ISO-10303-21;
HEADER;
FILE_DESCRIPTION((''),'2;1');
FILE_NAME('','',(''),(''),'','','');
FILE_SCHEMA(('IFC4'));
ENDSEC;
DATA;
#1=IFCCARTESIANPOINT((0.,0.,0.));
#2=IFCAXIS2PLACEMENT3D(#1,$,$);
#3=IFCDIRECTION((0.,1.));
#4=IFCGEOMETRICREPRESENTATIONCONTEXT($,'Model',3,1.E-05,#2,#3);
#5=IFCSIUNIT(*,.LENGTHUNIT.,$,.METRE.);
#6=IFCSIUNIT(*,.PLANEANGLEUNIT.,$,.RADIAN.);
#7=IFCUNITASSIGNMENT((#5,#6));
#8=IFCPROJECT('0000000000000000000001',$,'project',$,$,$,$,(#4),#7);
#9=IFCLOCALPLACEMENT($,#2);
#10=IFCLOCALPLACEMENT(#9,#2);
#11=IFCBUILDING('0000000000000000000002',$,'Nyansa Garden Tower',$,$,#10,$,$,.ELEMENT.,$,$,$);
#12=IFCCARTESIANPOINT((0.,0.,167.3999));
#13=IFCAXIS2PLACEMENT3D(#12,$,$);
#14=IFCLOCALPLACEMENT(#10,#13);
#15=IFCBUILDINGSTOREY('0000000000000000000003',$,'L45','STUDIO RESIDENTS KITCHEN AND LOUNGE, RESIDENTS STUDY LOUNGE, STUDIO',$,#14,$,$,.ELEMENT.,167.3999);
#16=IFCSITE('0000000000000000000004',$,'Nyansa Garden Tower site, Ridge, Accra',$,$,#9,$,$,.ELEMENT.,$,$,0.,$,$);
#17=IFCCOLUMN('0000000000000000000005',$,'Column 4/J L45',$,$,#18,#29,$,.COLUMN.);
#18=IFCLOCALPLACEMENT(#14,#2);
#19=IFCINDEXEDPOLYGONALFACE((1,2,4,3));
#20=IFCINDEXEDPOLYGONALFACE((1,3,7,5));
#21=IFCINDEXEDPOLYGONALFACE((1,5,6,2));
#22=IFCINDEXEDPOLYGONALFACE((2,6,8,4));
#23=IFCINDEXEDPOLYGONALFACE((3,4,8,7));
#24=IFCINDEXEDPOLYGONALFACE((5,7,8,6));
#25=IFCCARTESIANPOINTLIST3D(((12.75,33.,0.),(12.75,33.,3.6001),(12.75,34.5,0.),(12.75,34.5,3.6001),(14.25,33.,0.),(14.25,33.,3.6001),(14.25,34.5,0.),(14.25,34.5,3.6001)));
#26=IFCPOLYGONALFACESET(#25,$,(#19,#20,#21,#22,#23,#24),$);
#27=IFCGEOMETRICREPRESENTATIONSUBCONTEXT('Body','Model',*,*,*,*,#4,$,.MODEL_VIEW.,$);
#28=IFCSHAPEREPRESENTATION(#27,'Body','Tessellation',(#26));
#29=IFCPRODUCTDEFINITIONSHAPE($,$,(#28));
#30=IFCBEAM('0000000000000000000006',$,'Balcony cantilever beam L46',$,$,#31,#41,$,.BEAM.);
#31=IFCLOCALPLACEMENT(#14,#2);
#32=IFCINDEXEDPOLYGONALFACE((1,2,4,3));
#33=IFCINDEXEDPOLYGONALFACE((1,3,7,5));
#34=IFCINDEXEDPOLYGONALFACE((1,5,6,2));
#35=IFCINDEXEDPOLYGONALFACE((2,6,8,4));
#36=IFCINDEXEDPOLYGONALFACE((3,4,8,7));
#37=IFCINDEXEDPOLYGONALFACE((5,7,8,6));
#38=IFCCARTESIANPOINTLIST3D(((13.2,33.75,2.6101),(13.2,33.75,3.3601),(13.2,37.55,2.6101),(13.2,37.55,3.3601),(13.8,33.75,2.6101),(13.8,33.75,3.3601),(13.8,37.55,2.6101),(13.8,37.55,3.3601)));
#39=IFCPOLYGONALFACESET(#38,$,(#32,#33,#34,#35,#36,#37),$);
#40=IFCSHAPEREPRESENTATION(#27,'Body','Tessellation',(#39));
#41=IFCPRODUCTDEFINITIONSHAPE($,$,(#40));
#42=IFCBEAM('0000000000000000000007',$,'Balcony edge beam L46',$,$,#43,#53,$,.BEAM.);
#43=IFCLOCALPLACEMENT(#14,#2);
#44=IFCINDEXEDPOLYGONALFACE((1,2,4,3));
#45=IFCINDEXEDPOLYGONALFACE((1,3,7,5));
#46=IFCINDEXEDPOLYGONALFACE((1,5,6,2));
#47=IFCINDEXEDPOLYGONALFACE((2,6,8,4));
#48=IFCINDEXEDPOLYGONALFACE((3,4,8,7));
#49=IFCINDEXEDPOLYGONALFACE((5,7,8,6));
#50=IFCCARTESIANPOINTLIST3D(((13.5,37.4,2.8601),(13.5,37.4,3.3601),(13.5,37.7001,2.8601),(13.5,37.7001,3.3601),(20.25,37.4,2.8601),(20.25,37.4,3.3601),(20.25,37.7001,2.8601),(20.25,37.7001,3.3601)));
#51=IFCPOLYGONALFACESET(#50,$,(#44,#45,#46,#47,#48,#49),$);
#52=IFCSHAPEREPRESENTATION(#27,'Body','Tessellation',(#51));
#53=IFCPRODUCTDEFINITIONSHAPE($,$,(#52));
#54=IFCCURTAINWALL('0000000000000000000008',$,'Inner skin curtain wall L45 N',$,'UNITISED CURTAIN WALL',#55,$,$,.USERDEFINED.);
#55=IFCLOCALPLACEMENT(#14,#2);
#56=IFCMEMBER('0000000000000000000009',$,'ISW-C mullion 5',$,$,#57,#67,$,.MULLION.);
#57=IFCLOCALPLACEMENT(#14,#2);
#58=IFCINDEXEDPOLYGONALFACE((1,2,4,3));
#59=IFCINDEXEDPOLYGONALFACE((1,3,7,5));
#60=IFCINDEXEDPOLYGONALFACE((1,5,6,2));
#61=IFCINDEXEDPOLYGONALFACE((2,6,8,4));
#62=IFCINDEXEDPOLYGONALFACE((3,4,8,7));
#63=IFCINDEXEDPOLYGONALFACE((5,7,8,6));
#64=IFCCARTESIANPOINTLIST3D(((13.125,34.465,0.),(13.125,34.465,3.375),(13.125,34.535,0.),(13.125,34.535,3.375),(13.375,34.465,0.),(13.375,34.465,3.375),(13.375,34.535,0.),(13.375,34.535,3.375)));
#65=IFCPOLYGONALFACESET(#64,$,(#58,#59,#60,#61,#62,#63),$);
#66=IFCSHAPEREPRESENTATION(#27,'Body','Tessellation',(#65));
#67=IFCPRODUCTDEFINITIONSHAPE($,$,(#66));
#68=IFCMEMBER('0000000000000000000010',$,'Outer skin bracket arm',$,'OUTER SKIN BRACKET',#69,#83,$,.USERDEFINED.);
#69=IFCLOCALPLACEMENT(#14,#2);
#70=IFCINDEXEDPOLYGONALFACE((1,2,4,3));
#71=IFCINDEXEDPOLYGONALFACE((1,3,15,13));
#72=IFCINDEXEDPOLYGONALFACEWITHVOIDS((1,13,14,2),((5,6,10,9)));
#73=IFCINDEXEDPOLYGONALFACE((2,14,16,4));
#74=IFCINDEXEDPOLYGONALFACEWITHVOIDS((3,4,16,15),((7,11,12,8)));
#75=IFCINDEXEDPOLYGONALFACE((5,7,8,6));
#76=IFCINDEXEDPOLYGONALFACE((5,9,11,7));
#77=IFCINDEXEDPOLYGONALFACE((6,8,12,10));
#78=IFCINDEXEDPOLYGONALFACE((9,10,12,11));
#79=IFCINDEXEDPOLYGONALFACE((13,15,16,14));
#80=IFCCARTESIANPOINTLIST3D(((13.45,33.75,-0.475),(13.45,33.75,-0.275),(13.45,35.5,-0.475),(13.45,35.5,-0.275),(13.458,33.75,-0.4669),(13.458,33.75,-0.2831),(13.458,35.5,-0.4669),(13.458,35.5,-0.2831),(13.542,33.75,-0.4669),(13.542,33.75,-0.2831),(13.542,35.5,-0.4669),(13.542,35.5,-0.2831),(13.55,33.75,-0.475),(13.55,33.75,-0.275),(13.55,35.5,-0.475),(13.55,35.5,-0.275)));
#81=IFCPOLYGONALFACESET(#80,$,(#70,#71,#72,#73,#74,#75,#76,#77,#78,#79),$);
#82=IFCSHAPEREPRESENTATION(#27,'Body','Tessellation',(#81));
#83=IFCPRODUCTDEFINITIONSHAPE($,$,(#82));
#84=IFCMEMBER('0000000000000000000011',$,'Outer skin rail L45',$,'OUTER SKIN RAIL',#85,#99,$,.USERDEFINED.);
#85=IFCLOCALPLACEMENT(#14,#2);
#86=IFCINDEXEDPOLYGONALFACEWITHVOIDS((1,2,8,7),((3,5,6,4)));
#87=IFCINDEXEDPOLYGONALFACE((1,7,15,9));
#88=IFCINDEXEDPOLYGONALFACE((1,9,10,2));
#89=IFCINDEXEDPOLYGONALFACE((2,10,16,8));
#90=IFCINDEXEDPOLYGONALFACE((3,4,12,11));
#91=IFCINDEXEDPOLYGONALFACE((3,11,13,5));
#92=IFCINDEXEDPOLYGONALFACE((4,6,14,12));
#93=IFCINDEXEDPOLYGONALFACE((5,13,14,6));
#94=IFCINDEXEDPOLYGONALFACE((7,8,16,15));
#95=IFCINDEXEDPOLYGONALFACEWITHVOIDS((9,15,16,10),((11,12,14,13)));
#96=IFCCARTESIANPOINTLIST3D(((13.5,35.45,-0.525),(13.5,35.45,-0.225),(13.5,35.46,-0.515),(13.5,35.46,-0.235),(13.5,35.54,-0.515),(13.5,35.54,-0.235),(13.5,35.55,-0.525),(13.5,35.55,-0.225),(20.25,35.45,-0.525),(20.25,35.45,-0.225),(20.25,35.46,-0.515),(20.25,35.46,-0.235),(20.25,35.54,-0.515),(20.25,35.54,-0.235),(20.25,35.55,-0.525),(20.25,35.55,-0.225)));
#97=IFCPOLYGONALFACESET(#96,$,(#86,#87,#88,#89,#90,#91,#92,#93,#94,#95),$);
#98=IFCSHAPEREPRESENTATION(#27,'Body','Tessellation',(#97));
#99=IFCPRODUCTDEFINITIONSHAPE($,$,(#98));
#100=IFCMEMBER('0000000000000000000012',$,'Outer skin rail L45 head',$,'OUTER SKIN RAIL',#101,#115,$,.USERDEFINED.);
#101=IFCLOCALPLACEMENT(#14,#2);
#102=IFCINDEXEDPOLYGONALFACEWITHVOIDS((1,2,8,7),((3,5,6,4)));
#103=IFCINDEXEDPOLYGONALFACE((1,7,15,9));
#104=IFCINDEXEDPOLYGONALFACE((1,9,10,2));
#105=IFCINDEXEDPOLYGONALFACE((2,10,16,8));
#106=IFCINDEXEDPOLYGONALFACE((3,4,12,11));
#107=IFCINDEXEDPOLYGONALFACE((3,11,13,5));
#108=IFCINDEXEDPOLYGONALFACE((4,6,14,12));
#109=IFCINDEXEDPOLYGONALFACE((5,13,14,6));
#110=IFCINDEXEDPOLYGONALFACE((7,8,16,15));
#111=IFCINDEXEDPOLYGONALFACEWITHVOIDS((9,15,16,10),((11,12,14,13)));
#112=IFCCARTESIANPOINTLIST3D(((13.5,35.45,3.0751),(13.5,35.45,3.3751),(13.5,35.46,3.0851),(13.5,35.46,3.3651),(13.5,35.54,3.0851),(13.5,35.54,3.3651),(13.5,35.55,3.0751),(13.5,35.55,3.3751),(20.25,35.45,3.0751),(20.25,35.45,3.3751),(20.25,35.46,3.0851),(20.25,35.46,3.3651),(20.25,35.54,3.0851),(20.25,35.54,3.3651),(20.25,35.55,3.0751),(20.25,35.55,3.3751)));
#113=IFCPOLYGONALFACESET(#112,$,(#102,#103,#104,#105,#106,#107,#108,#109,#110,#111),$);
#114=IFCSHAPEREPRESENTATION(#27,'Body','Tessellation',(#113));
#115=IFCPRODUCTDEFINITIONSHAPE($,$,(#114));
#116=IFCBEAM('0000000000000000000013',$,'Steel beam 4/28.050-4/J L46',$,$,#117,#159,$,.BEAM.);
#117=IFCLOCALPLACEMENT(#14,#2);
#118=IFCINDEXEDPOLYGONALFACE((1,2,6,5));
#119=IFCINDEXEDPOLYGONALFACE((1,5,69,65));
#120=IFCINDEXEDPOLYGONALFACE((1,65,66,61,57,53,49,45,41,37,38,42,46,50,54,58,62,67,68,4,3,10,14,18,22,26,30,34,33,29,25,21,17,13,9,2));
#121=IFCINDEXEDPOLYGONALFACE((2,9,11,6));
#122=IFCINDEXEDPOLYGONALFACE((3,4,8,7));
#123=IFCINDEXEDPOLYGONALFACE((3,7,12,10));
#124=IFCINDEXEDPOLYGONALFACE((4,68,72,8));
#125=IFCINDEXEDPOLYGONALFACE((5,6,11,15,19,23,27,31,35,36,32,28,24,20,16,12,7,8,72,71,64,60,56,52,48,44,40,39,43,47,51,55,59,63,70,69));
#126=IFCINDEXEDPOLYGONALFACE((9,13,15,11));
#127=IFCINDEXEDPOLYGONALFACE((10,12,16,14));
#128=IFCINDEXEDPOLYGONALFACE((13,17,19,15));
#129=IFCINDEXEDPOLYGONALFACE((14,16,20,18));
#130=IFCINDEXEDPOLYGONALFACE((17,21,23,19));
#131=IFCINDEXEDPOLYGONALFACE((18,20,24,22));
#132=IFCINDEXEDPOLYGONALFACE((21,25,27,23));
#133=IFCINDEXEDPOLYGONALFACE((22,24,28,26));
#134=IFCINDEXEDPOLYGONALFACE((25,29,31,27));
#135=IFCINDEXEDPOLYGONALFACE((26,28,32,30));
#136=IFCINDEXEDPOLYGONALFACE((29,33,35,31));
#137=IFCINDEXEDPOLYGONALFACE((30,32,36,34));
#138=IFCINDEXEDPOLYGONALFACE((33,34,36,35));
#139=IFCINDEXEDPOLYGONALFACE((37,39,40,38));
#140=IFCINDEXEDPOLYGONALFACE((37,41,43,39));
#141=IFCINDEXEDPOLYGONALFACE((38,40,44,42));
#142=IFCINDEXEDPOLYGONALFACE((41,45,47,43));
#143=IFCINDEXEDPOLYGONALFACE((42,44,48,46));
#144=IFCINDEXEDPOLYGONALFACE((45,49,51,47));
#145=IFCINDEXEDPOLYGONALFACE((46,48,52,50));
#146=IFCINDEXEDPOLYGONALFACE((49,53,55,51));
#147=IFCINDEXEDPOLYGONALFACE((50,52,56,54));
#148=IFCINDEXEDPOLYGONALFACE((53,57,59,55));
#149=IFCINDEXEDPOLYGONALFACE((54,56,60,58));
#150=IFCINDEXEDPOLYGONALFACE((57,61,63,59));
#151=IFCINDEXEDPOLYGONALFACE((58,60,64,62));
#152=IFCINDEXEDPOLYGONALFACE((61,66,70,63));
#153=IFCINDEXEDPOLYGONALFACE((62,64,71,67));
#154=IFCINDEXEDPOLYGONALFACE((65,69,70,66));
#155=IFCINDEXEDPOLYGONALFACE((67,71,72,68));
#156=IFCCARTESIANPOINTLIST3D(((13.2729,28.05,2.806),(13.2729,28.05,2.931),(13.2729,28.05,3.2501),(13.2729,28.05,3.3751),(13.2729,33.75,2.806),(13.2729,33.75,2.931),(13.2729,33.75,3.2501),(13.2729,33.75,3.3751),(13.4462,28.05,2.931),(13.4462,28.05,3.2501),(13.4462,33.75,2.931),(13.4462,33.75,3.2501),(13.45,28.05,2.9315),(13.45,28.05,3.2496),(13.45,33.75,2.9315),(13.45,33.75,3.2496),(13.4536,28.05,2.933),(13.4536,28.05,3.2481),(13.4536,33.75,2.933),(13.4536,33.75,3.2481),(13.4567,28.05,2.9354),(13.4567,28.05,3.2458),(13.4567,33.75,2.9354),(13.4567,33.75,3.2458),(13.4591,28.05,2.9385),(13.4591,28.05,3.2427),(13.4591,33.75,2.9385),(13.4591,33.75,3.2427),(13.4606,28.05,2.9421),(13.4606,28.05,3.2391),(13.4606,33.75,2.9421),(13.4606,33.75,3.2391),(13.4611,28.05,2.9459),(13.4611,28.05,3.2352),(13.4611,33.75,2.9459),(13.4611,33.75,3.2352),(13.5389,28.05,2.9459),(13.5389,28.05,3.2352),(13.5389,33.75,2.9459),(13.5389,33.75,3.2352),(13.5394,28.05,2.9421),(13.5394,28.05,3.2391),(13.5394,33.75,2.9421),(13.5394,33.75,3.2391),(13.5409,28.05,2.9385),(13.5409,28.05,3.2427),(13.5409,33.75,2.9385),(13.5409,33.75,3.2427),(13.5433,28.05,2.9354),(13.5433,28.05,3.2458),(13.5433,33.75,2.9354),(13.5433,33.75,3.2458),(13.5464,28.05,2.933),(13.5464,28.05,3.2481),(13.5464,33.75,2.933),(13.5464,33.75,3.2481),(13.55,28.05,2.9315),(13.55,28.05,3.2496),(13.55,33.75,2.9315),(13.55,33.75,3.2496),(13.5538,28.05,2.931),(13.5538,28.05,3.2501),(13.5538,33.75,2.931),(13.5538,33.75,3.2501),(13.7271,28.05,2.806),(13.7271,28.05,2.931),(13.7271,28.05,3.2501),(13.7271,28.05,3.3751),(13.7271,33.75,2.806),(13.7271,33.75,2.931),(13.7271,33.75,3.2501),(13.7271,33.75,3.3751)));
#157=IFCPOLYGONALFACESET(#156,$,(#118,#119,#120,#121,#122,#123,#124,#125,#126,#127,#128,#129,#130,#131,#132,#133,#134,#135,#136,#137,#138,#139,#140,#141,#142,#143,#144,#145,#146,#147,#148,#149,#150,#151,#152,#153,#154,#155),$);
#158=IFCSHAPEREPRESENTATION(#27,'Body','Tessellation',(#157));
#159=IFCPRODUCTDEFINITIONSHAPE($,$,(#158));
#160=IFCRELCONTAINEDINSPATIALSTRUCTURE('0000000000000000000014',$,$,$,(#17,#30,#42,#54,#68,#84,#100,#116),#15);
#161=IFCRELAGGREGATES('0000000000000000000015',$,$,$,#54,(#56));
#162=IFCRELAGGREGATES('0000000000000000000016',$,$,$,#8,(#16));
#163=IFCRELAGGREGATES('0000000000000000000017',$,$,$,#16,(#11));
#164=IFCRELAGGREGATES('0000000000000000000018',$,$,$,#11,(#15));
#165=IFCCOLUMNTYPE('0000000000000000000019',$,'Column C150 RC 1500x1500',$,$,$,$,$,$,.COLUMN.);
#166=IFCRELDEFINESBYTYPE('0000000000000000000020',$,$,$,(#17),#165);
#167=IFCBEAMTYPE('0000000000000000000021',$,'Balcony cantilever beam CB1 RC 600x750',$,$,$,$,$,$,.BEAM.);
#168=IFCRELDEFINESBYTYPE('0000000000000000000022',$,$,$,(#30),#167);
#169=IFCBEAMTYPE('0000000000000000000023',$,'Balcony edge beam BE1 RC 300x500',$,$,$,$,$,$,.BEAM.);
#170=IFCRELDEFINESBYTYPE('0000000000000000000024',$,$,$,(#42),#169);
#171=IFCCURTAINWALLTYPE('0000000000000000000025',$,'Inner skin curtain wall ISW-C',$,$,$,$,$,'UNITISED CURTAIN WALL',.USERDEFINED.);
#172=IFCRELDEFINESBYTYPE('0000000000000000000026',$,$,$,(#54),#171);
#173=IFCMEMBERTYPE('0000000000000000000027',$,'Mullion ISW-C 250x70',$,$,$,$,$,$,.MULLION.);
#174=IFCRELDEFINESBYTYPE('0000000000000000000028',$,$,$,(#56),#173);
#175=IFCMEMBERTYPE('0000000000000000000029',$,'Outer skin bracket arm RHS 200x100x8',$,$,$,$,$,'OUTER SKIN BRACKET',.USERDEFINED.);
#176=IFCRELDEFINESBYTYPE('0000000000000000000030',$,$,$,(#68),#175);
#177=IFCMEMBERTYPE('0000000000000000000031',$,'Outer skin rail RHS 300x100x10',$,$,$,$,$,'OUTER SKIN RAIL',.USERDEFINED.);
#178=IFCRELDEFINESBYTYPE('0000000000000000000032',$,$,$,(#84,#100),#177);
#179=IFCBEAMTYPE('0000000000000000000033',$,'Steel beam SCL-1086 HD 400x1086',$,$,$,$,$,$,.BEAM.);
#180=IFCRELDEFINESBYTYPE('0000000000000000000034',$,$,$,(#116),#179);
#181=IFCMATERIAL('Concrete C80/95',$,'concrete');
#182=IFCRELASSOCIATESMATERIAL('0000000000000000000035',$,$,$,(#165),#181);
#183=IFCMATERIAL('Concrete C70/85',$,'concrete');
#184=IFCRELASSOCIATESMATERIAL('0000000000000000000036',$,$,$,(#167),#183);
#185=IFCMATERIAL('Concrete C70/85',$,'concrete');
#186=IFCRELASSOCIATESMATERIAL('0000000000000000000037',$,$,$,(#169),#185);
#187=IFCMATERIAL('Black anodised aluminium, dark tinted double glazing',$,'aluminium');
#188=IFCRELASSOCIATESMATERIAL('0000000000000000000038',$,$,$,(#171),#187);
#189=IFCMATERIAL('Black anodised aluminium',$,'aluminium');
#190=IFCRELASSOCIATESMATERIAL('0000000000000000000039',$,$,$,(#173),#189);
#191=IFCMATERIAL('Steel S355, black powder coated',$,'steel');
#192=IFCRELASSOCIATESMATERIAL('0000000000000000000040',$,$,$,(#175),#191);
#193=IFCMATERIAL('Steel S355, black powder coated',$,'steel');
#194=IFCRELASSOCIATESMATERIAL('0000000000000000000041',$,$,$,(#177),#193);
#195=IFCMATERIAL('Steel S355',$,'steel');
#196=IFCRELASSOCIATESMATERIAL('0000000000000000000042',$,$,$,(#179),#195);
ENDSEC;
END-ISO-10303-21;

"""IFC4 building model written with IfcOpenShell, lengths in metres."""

from ifc_helpers import new_model, si_unit, direction, frame, origin, origin_2d, place, context, subcontext, project, spatial, rectangle, hollow_rectangle, i_section, extrude, material, material_profile, profile_set, type_object, element, aggregate, save


model = new_model("IFC4")

# Units and contexts
model_context = context("Model", 3, precision=1e-05, world=origin(), true_north=direction((0.0, 1.0)))
body_context = subcontext(model_context, "Body", "Model", "MODEL_VIEW")
ifc_project = project(units=[si_unit("LENGTHUNIT", "METRE"), si_unit("PLANEANGLEUNIT", "RADIAN")], contexts=[model_context])

# Site, building, storey
site_placement = place(None, origin())
site = spatial("IfcSite", under=ifc_project, at=site_placement, Name="Nyansa Garden Tower site, Ridge, Accra", CompositionType="ELEMENT", RefElevation=0.0)
building_placement = place(site_placement, origin())
building = spatial("IfcBuilding", under=site, at=building_placement, Name="Nyansa Garden Tower", CompositionType="ELEMENT")
storey_placement = place(building_placement, frame((0.0, 0.0, 167.3999)))
storey = spatial("IfcBuildingStorey", under=building, at=storey_placement, Name="L45", Description="STUDIO RESIDENTS KITCHEN AND LOUNGE, RESIDENTS STUDY LOUNGE, STUDIO", CompositionType="ELEMENT", Elevation=167.3999)

# Column
ifc_material_1 = material(Name="Concrete C80/95", Category="concrete")
ifc_material_profile_1 = material_profile(ifc_material_1, rectangle(XDim=1.5, YDim=1.5, at=origin_2d()), Name="RC 1500x1500")
ifc_profile_set_1 = profile_set([ifc_material_profile_1], Name="Concrete C80/95")
column_type = type_object("IfcColumnType", Name="Column C150 RC 1500x1500", PredefinedType="COLUMN", material=ifc_profile_set_1)
column_placement = place(storey_placement, frame((13.5, 33.75, 0.0), z_axis=(0.0, 0.0, 1.0), x_axis=(1.0, 0.0, 0.0)))
element("IfcColumn", 1, at=column_placement, inside=storey, type_object=column_type, Name="Column 4/J L45", PredefinedType="COLUMN", context=body_context, shape_type="SweptSolid", body=[
    extrude(rectangle(XDim=1.5, YDim=1.5, at=origin_2d()), origin(), (0.0, 0.0, 1.0), 3.6001),
])

# Beams
ifc_material_2 = material(Name="Concrete C70/85", Category="concrete")
ifc_material_profile_2 = material_profile(ifc_material_2, rectangle(XDim=0.6001, YDim=0.75, at=origin_2d()), Name="RC 600x750")
ifc_profile_set_2 = profile_set([ifc_material_profile_2], Name="Concrete C70/85")
beam_type_1 = type_object("IfcBeamType", Name="Balcony cantilever beam CB1 RC 600x750", PredefinedType="BEAM", material=ifc_profile_set_2)
beam_1_placement = place(storey_placement, frame((13.5, 33.75, 2.9851), z_axis=(0.0, 1.0, 0.0), x_axis=(-1.0, 0.0, 0.0)))
element("IfcBeam", 2, at=beam_1_placement, inside=storey, type_object=beam_type_1, Name="Balcony cantilever beam L46", PredefinedType="BEAM", context=body_context, shape_type="SweptSolid", body=[
    extrude(rectangle(XDim=0.6001, YDim=0.75, at=origin_2d()), origin(), (0.0, 0.0, 1.0), 3.8),
])
ifc_material_3 = material(Name="Concrete C70/85", Category="concrete")
ifc_material_profile_3 = material_profile(ifc_material_3, rectangle(XDim=0.3, YDim=0.5, at=origin_2d()), Name="RC 300x500")
ifc_profile_set_3 = profile_set([ifc_material_profile_3], Name="Concrete C70/85")
beam_type_2 = type_object("IfcBeamType", Name="Balcony edge beam BE1 RC 300x500", PredefinedType="BEAM", material=ifc_profile_set_3)
beam_2_placement = place(storey_placement, frame((13.5, 37.55, 3.1101), z_axis=(1.0, 0.0, 0.0), x_axis=(0.0, 1.0, 0.0)))
element("IfcBeam", 3, at=beam_2_placement, inside=storey, type_object=beam_type_2, Name="Balcony edge beam L46", PredefinedType="BEAM", context=body_context, shape_type="SweptSolid", body=[
    extrude(rectangle(XDim=0.3, YDim=0.5, at=origin_2d()), origin(), (0.0, 0.0, 1.0), 6.75),
])

# Curtain wall, member
ifc_material_4 = material(Name="Black anodised aluminium, dark tinted double glazing", Category="aluminium")
curtain_wall_type = type_object("IfcCurtainWallType", Name="Inner skin curtain wall ISW-C", ElementType="UNITISED CURTAIN WALL", PredefinedType="USERDEFINED", material=ifc_material_4)
curtain_wall_placement = place(storey_placement, origin())
curtain_wall = element("IfcCurtainWall", 4, at=curtain_wall_placement, inside=storey, type_object=curtain_wall_type, Name="Inner skin curtain wall L45 N", ObjectType="UNITISED CURTAIN WALL", PredefinedType="USERDEFINED")
ifc_material_5 = material(Name="Black anodised aluminium", Category="aluminium")
ifc_material_profile_4 = material_profile(ifc_material_5, rectangle(XDim=0.0701, YDim=0.25, at=origin_2d()), Name="Mullion 250x70")
ifc_profile_set_4 = profile_set([ifc_material_profile_4], Name="Black anodised aluminium")
member_type_1 = type_object("IfcMemberType", Name="Mullion ISW-C 250x70", PredefinedType="MULLION", material=ifc_profile_set_4)
member_1_placement = place(storey_placement, frame((13.25, 34.5, 0.0), z_axis=(0.0, 0.0, 1.0), x_axis=(0.0, -1.0, 0.0)))
member_1 = element("IfcMember", 5, at=member_1_placement, type_object=member_type_1, Name="ISW-C mullion 5", PredefinedType="MULLION", context=body_context, shape_type="SweptSolid", body=[
    extrude(rectangle(XDim=0.0701, YDim=0.25, at=origin_2d()), origin(), (0.0, 0.0, 1.0), 3.375),
])

# Members
ifc_material_6 = material(Name="Steel S355, black powder coated", Category="steel")
ifc_material_profile_5 = material_profile(ifc_material_6, hollow_rectangle(XDim=0.1001, YDim=0.2, WallThickness=0.0081, at=origin_2d()), Name="RHS 200x100x8")
ifc_profile_set_5 = profile_set([ifc_material_profile_5], Name="Steel S355, black powder coated")
member_type_2 = type_object("IfcMemberType", Name="Outer skin bracket arm RHS 200x100x8", ElementType="OUTER SKIN BRACKET", PredefinedType="USERDEFINED", material=ifc_profile_set_5)
member_2_placement = place(storey_placement, frame((13.5, 33.75, -0.375), z_axis=(0.0, 1.0, 0.0), x_axis=(-1.0, 0.0, 0.0)))
element("IfcMember", 6, at=member_2_placement, inside=storey, type_object=member_type_2, Name="Outer skin bracket arm", ObjectType="OUTER SKIN BRACKET", PredefinedType="USERDEFINED", context=body_context, shape_type="SweptSolid", body=[
    extrude(hollow_rectangle(XDim=0.1001, YDim=0.2, WallThickness=0.0081, at=origin_2d()), origin(), (0.0, 0.0, 1.0), 1.75),
])
ifc_material_7 = material(Name="Steel S355, black powder coated", Category="steel")
ifc_material_profile_6 = material_profile(ifc_material_7, hollow_rectangle(XDim=0.1001, YDim=0.3, WallThickness=0.01, at=origin_2d()), Name="RHS 300x100x10")
ifc_profile_set_6 = profile_set([ifc_material_profile_6], Name="Steel S355, black powder coated")
member_type_3 = type_object("IfcMemberType", Name="Outer skin rail RHS 300x100x10", ElementType="OUTER SKIN RAIL", PredefinedType="USERDEFINED", material=ifc_profile_set_6)
for number, where, z_axis, x_axis, name in (
    (7, (13.5, 35.5, -0.375), (1.0, 0.0, 0.0), (0.0, 1.0, 0.0), "Outer skin rail L45"),
    (8, (13.5, 35.5, 3.2251), (1.0, 0.0, 0.0), (0.0, 1.0, 0.0), "Outer skin rail L45 head"),
):
    element("IfcMember", number, at=place(storey_placement, frame(where, z_axis=z_axis, x_axis=x_axis)), inside=storey, type_object=member_type_3, Name=name, ObjectType="OUTER SKIN RAIL", PredefinedType="USERDEFINED", context=body_context, shape_type="SweptSolid", body=[
        extrude(hollow_rectangle(XDim=0.1001, YDim=0.3, WallThickness=0.01, at=origin_2d()), origin(), (0.0, 0.0, 1.0), 6.75),
    ])

# Beam
ifc_material_8 = material(Name="Steel S355", Category="steel")
ifc_material_profile_7 = material_profile(ifc_material_8, i_section(OverallWidth=0.4541, OverallDepth=0.5691, WebThickness=0.0779, FlangeThickness=0.125, FilletRadius=0.0149, at=origin_2d()), Name="HD 400x1086")
ifc_profile_set_7 = profile_set([ifc_material_profile_7], Name="Steel S355")
beam_type_3 = type_object("IfcBeamType", Name="Steel beam SCL-1086 HD 400x1086", PredefinedType="BEAM", material=ifc_profile_set_7)
beam_3_placement = place(storey_placement, frame((13.5, 28.05, 3.0906), z_axis=(0.0, 1.0, 0.0), x_axis=(-1.0, 0.0, 0.0)))
element("IfcBeam", 9, at=beam_3_placement, inside=storey, type_object=beam_type_3, Name="Steel beam 4/28.050-4/J L46", PredefinedType="BEAM", context=body_context, shape_type="SweptSolid", body=[
    extrude(i_section(OverallWidth=0.4541, OverallDepth=0.5691, WebThickness=0.0779, FlangeThickness=0.125, FilletRadius=0.0149, at=origin_2d()), origin(), (0.0, 0.0, 1.0), 5.7),
])

aggregate(curtain_wall, [member_1])

save(model, "model.ifc")
